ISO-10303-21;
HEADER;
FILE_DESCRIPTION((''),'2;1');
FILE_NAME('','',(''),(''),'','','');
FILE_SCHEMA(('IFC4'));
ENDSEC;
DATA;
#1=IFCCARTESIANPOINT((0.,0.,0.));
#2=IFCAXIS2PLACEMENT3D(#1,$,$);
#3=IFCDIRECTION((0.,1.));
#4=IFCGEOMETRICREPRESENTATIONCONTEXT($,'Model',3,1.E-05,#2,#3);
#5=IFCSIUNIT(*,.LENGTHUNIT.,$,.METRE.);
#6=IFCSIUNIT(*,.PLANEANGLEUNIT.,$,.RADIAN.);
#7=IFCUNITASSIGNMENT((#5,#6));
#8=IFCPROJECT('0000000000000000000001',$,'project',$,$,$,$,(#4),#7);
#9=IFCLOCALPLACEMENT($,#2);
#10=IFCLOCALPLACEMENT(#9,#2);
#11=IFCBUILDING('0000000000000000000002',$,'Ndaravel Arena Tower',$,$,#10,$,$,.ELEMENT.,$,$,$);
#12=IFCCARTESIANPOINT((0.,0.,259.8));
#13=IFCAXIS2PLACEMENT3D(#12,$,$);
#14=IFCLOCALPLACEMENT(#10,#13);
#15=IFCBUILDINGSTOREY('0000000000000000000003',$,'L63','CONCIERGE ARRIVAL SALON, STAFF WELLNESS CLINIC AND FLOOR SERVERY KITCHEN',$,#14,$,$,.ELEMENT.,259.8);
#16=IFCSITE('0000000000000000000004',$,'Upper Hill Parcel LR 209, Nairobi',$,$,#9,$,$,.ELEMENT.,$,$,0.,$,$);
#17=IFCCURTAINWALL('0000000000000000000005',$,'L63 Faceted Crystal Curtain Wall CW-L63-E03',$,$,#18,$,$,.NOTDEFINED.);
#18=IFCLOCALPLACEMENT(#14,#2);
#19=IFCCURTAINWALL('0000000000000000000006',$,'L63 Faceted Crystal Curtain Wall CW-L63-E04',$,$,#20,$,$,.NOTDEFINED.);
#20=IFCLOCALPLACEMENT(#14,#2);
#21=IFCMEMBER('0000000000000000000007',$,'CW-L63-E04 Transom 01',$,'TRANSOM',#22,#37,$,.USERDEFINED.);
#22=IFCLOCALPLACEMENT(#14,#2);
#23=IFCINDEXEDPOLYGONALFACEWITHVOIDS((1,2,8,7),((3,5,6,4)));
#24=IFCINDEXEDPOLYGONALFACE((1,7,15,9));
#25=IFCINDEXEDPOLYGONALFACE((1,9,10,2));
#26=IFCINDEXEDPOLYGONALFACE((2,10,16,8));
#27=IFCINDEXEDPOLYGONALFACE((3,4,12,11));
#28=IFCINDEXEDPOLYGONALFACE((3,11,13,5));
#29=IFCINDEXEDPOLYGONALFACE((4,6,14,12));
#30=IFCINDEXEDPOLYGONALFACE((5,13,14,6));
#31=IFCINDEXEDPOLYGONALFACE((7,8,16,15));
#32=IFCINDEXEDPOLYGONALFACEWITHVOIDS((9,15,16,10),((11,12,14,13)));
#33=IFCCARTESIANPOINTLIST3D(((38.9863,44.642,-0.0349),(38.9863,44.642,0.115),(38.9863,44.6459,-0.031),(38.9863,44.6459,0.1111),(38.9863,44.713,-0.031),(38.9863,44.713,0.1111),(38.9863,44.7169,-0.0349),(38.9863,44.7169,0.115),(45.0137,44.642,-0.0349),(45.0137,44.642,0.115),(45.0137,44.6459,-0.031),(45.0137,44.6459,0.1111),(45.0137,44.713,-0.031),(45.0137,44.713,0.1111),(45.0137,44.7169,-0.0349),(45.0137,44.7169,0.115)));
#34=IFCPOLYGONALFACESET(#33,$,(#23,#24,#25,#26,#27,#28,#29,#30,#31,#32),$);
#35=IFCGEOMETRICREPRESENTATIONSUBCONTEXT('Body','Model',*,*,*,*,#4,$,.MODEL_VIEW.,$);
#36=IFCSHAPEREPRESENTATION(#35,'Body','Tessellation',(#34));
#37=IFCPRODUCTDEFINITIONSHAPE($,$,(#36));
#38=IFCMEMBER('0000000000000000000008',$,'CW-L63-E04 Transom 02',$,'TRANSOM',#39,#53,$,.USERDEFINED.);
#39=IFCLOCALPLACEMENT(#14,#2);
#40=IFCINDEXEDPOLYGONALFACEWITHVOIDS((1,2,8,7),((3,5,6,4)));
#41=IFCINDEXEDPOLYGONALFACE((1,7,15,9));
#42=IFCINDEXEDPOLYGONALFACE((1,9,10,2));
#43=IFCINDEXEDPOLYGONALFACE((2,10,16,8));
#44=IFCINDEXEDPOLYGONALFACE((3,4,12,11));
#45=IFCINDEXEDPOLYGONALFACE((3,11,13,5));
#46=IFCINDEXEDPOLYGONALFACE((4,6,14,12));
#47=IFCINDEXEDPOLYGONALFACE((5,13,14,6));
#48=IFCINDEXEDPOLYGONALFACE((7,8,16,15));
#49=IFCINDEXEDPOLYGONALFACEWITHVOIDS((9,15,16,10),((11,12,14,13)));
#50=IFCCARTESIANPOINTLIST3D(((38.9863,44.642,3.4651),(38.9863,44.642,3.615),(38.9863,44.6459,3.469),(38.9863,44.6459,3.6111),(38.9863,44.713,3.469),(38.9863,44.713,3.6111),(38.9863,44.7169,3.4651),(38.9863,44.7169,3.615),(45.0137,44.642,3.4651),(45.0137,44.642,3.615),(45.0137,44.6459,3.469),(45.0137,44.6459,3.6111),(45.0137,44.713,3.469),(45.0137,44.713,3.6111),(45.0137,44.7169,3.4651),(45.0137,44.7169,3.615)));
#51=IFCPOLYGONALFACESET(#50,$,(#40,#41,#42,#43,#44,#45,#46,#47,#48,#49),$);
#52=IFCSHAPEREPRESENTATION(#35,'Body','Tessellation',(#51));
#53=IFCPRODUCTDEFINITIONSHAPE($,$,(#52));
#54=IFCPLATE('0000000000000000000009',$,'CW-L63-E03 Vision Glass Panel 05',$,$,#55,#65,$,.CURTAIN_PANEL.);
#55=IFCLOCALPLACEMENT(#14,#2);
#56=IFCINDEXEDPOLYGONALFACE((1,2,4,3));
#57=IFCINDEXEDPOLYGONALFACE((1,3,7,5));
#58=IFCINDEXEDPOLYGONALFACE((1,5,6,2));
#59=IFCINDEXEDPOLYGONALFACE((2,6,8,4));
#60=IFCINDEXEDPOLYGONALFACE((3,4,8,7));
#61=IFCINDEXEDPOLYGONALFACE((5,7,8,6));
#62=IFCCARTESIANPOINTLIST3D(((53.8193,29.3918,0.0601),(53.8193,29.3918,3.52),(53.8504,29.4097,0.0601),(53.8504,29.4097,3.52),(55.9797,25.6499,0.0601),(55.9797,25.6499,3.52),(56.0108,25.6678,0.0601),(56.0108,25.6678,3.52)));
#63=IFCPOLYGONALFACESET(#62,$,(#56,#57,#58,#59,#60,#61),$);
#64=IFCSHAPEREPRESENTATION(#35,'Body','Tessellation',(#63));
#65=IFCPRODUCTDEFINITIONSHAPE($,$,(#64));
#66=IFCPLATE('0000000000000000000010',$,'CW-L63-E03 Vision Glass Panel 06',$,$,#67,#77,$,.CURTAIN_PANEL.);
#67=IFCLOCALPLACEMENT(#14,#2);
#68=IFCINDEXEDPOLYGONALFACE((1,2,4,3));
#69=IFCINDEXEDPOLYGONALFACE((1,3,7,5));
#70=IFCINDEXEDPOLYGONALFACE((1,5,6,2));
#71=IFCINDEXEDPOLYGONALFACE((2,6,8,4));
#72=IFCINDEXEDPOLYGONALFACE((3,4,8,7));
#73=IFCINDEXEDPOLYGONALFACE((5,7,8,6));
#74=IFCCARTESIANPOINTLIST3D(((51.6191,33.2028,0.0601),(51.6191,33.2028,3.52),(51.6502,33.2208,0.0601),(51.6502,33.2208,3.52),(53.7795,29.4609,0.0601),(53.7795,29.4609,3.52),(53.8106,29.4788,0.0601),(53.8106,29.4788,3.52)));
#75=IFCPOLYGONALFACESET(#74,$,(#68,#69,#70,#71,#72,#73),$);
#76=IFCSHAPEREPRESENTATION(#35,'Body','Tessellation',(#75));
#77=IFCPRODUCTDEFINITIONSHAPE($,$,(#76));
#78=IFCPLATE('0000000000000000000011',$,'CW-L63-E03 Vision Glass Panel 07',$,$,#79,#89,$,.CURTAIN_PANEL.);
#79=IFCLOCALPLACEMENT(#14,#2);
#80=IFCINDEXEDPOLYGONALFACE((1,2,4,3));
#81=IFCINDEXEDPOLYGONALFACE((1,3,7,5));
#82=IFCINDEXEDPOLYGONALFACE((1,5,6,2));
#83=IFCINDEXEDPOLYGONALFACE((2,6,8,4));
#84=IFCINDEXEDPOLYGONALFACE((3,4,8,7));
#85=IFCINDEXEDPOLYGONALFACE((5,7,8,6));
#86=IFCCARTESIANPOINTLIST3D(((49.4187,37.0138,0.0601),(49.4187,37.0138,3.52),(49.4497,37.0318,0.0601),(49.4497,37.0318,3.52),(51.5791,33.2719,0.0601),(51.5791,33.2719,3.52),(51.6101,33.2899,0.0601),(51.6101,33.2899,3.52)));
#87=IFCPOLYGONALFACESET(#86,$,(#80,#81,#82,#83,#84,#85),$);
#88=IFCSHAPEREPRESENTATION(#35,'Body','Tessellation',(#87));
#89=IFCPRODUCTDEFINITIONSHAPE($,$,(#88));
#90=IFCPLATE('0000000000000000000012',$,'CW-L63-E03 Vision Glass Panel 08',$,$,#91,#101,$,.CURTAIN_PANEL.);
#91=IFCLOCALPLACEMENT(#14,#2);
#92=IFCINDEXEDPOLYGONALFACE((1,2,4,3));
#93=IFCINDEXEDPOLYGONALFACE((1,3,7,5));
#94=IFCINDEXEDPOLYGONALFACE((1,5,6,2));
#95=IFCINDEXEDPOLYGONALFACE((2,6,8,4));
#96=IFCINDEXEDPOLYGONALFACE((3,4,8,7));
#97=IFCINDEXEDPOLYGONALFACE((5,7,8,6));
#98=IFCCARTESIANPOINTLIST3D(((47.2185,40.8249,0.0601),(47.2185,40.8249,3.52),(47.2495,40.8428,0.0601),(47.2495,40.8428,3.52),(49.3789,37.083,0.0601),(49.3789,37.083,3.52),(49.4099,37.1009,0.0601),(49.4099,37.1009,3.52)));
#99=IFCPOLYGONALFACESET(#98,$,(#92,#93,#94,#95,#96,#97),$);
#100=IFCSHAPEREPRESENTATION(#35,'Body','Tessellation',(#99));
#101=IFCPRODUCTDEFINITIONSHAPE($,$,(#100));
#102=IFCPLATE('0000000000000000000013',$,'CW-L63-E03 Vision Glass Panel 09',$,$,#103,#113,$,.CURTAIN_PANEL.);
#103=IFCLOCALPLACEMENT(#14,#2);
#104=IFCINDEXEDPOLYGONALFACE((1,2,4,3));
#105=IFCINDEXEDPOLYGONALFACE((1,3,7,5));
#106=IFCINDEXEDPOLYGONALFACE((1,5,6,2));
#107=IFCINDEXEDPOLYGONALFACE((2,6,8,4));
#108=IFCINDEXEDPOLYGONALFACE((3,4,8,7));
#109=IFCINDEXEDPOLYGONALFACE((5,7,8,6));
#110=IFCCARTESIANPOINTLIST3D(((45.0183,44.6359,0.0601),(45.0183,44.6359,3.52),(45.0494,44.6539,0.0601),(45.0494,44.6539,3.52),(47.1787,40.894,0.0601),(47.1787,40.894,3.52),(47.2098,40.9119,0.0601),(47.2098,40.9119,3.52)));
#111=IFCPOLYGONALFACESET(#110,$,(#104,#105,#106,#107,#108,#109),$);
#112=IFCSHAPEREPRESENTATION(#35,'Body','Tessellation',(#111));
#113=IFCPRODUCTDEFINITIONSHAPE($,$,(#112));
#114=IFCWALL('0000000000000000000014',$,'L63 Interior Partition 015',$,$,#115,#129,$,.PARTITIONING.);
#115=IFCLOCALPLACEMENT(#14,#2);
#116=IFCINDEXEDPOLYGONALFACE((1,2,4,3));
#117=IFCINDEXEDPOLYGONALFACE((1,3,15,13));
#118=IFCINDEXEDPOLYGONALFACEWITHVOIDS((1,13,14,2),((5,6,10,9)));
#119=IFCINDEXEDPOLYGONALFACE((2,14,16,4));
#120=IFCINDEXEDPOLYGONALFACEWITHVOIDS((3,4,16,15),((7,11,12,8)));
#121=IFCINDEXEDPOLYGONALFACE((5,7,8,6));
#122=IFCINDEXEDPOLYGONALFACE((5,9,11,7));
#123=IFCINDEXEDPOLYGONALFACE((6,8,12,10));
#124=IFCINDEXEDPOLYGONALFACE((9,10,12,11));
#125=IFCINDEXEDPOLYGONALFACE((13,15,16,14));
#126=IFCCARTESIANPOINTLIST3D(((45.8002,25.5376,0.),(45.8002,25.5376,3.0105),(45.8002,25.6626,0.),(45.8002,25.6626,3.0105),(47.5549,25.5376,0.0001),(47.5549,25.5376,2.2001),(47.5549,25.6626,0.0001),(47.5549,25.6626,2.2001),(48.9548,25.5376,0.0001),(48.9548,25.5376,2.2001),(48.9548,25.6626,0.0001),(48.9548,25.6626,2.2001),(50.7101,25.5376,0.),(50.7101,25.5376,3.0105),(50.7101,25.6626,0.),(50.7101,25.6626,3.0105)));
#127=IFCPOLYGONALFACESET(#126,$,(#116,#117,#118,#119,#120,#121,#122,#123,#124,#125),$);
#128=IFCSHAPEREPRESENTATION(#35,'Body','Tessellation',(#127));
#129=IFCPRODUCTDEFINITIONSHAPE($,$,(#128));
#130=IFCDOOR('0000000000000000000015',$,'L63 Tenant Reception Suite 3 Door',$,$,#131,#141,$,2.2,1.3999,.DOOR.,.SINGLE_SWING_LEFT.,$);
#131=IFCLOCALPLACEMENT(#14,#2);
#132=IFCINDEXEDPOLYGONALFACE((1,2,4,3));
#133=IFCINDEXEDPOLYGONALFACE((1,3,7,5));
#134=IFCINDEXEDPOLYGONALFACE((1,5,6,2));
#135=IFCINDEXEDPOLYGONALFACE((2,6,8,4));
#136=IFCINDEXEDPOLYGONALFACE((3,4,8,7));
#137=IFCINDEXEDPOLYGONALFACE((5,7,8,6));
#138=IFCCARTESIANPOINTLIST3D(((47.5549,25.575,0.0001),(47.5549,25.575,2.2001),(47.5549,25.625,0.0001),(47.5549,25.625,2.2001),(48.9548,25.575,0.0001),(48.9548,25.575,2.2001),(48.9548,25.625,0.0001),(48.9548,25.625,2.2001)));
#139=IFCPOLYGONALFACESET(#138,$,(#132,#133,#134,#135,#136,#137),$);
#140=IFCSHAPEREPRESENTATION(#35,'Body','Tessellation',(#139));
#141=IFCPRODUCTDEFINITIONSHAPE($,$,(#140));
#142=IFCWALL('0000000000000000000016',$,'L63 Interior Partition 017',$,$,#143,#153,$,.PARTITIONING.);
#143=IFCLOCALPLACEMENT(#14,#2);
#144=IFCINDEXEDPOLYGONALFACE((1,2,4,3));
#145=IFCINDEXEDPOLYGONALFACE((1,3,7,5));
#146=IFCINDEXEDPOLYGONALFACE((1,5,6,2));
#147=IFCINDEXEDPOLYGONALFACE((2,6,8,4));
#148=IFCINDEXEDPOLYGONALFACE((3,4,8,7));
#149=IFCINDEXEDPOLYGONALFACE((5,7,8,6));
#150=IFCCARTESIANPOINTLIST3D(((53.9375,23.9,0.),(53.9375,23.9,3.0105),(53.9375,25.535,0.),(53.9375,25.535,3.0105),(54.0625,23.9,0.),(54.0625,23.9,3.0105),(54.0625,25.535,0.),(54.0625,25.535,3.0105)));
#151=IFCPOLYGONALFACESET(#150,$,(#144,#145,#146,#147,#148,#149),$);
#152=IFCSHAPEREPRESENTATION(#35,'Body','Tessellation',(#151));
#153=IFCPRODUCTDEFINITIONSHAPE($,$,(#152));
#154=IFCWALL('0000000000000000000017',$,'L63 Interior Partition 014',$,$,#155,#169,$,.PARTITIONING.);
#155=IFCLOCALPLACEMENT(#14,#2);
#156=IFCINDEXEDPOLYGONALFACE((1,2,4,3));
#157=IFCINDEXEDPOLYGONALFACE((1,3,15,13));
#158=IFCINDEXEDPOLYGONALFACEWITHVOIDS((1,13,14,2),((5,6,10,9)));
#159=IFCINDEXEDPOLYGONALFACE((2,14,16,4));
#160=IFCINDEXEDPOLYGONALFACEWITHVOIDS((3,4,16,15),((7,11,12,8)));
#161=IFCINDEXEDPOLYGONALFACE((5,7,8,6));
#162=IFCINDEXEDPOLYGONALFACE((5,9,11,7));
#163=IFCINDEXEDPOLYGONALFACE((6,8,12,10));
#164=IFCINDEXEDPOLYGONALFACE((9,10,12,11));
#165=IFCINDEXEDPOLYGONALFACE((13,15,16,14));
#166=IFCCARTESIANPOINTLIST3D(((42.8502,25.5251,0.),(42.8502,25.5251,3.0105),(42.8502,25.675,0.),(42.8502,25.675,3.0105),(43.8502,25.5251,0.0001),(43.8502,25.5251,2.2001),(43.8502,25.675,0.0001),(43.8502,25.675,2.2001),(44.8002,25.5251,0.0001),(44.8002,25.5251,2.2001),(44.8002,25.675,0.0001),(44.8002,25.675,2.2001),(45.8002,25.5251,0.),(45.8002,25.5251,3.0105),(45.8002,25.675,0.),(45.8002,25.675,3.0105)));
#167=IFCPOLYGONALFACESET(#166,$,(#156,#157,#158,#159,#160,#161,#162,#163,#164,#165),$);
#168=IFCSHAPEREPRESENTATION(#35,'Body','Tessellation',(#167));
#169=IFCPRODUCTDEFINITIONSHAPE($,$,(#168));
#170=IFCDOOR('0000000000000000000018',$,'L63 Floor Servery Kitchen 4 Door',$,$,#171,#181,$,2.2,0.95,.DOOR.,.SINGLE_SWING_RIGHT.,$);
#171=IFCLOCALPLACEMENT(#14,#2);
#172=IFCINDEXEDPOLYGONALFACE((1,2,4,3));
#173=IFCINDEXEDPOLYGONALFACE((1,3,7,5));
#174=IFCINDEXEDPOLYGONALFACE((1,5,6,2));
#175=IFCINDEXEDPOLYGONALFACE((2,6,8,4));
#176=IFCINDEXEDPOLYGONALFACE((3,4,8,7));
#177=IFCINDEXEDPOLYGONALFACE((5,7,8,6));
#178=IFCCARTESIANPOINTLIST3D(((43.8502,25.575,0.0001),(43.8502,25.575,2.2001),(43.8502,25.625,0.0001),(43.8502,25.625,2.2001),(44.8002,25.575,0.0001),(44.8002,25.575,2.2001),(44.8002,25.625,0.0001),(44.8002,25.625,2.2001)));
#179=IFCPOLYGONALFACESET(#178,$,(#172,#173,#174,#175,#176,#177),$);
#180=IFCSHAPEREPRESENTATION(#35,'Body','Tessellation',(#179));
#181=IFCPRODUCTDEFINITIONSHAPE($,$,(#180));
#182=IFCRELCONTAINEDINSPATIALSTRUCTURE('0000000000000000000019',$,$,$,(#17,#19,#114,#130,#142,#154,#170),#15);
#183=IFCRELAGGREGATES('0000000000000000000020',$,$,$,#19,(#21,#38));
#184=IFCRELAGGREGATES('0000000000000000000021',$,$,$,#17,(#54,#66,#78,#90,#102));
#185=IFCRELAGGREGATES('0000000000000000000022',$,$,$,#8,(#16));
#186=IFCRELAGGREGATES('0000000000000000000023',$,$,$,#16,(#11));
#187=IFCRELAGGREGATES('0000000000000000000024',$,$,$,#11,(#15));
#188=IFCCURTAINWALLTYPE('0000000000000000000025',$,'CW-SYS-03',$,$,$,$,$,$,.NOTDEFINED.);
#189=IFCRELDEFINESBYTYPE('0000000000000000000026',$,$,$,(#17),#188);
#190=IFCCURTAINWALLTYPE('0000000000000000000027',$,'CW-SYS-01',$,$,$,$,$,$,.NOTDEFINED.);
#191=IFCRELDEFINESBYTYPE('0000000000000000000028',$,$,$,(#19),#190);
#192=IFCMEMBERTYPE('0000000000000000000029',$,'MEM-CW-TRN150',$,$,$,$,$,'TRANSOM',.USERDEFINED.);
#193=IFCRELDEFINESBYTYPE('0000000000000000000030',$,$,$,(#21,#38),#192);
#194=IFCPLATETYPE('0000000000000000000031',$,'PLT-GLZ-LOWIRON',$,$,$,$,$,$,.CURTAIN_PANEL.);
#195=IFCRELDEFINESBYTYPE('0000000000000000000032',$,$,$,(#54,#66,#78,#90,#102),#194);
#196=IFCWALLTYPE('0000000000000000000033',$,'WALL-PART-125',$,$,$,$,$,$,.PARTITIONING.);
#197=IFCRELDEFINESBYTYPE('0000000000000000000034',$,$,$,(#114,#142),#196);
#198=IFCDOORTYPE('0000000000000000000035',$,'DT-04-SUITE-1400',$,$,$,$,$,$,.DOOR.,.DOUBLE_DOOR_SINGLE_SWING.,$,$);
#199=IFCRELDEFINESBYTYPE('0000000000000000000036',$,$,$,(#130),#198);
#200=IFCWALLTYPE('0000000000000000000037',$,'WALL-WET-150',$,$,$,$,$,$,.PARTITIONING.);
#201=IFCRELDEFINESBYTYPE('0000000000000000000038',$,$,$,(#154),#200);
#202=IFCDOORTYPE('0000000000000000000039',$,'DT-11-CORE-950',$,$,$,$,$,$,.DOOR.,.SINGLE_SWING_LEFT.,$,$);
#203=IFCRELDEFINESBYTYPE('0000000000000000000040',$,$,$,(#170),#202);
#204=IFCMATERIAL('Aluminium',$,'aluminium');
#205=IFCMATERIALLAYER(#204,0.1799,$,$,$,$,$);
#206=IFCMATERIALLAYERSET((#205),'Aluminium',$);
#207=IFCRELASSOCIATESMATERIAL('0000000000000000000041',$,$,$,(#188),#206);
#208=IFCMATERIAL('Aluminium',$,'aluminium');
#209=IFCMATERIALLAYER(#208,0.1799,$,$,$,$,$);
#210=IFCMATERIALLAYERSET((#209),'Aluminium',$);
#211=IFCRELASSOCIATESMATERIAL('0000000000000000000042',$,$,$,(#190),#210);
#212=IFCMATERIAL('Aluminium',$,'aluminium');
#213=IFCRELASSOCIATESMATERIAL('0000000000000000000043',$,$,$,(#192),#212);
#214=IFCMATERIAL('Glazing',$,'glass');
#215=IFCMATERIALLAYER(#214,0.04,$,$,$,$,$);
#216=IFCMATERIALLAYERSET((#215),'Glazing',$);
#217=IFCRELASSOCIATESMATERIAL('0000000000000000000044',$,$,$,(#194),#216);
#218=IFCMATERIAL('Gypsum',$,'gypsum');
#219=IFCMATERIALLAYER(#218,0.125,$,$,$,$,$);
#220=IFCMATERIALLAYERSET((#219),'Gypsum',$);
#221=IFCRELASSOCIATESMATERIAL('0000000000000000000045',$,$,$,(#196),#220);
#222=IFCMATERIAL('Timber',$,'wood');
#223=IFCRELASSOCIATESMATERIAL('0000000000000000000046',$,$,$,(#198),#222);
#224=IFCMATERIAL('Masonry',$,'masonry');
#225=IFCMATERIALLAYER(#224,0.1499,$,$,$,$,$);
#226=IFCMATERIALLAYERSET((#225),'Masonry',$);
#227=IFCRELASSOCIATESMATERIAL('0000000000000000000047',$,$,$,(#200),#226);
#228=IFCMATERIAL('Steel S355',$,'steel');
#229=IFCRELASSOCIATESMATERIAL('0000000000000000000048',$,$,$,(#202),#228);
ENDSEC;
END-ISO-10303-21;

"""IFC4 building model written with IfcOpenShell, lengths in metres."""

from ifc_helpers import new_model, si_unit, direction, frame, frame_2d, origin, origin_2d, place, context, subcontext, project, spatial, rectangle, hollow_rectangle, extrude, material, layer, layer_set, material_profile, profile_set, type_object, element, fill, aggregate, save


model = new_model("IFC4")

# Units and contexts
model_context = context("Model", 3, precision=1e-05, world=origin(), true_north=direction((0.0, 1.0)))
body_context = subcontext(model_context, "Body", "Model", "MODEL_VIEW")
ifc_project = project(units=[si_unit("LENGTHUNIT", "METRE"), si_unit("PLANEANGLEUNIT", "RADIAN")], contexts=[model_context])

# Site, building, storey
site_placement = place(None, origin())
site = spatial("IfcSite", under=ifc_project, at=site_placement, Name="Upper Hill Parcel LR 209, Nairobi", CompositionType="ELEMENT", RefElevation=0.0)
building_placement = place(site_placement, origin())
building = spatial("IfcBuilding", under=site, at=building_placement, Name="Ndaravel Arena Tower", CompositionType="ELEMENT")
storey_placement = place(building_placement, frame((0.0, 0.0, 259.8)))
storey = spatial("IfcBuildingStorey", under=building, at=storey_placement, Name="L63", Description="CONCIERGE ARRIVAL SALON, STAFF WELLNESS CLINIC AND FLOOR SERVERY KITCHEN", CompositionType="ELEMENT", Elevation=259.8)

# Curtain walls, members
ifc_material_1 = material(Name="Aluminium", Category="aluminium")
ifc_layer_1 = layer(ifc_material_1, 0.1799)
ifc_layer_set_1 = layer_set([ifc_layer_1], Name="Aluminium")
curtain_wall_type_1 = type_object("IfcCurtainWallType", Name="CW-SYS-03", PredefinedType="NOTDEFINED", material=ifc_layer_set_1)
curtain_wall_1_placement = place(storey_placement, origin())
curtain_wall_1 = element("IfcCurtainWall", 1, at=curtain_wall_1_placement, inside=storey, type_object=curtain_wall_type_1, Name="L63 Faceted Crystal Curtain Wall CW-L63-E03", PredefinedType="NOTDEFINED")
ifc_material_2 = material(Name="Aluminium", Category="aluminium")
ifc_layer_2 = layer(ifc_material_2, 0.1799)
ifc_layer_set_2 = layer_set([ifc_layer_2], Name="Aluminium")
curtain_wall_type_2 = type_object("IfcCurtainWallType", Name="CW-SYS-01", PredefinedType="NOTDEFINED", material=ifc_layer_set_2)
curtain_wall_2_placement = place(storey_placement, origin())
curtain_wall_2 = element("IfcCurtainWall", 2, at=curtain_wall_2_placement, inside=storey, type_object=curtain_wall_type_2, Name="L63 Faceted Crystal Curtain Wall CW-L63-E04", PredefinedType="NOTDEFINED")
ifc_material_3 = material(Name="Aluminium", Category="aluminium")
ifc_material_profile_1 = material_profile(ifc_material_3, hollow_rectangle(XDim=0.075, YDim=0.1499, WallThickness=0.0039, at=origin_2d()), Name="CW TRANSOM 75x150x4")
ifc_profile_set_1 = profile_set([ifc_material_profile_1], Name="Aluminium")
member_type_1 = type_object("IfcMemberType", Name="MEM-CW-TRN150", ElementType="TRANSOM", PredefinedType="USERDEFINED", material=ifc_profile_set_1)
member_1_placement = place(storey_placement, frame((45.0137, 44.6794, 0.04), z_axis=(-1.0, 0.0, 0.0), x_axis=(0.0, -1.0, 0.0)))
member_1 = element("IfcMember", 3, at=member_1_placement, type_object=member_type_1, Name="CW-L63-E04 Transom 01", ObjectType="TRANSOM", PredefinedType="USERDEFINED", context=body_context, shape_type="SweptSolid", body=[
    extrude(hollow_rectangle(XDim=0.075, YDim=0.1499, WallThickness=0.0039, at=origin_2d()), origin(), (0.0, 0.0, 1.0), 6.0273),
])
member_2_placement = place(storey_placement, frame((45.0137, 44.6794, 3.54), z_axis=(-1.0, 0.0, 0.0), x_axis=(0.0, -1.0, 0.0)))
member_2 = element("IfcMember", 4, at=member_2_placement, type_object=member_type_1, Name="CW-L63-E04 Transom 02", ObjectType="TRANSOM", PredefinedType="USERDEFINED", context=body_context, shape_type="SweptSolid", body=[
    extrude(hollow_rectangle(XDim=0.075, YDim=0.1499, WallThickness=0.0039, at=origin_2d()), origin(), (0.0, 0.0, 1.0), 6.0273),
])
aggregate(curtain_wall_2, [member_1, member_2])

# Plates
ifc_material_4 = material(Name="Glazing", Category="glass")
ifc_layer_3 = layer(ifc_material_4, 0.04)
ifc_layer_set_3 = layer_set([ifc_layer_3], Name="Glazing")
plate_type = type_object("IfcPlateType", Name="PLT-GLZ-LOWIRON", PredefinedType="CURTAIN_PANEL", material=ifc_layer_set_3)
plate_1_placement = place(storey_placement, frame((54.915, 27.5298, 0.0601), z_axis=(0.0, 0.0, 1.0), x_axis=(-0.5, 0.866025, 0.0)))
plate_1 = element("IfcPlate", 5, at=plate_1_placement, type_object=plate_type, Name="CW-L63-E03 Vision Glass Panel 05", PredefinedType="CURTAIN_PANEL", context=body_context, shape_type="SweptSolid", body=[
    extrude(rectangle(XDim=4.3208, YDim=0.0359, at=origin_2d()), origin(), (0.0, 0.0, 1.0), 3.46),
])
plate_2_placement = place(storey_placement, frame((52.7148, 31.3408, 0.0601), z_axis=(0.0, 0.0, 1.0), x_axis=(-0.5, 0.866025, 0.0)))
plate_2 = element("IfcPlate", 6, at=plate_2_placement, type_object=plate_type, Name="CW-L63-E03 Vision Glass Panel 06", PredefinedType="CURTAIN_PANEL", context=body_context, shape_type="SweptSolid", body=[
    extrude(rectangle(XDim=4.3208, YDim=0.0359, at=origin_2d()), origin(), (0.0, 0.0, 1.0), 3.46),
])
plate_3_placement = place(storey_placement, frame((50.5144, 35.1519, 0.0601), z_axis=(0.0, 0.0, 1.0), x_axis=(-0.5, 0.866025, 0.0)))
plate_3 = element("IfcPlate", 7, at=plate_3_placement, type_object=plate_type, Name="CW-L63-E03 Vision Glass Panel 07", PredefinedType="CURTAIN_PANEL", context=body_context, shape_type="SweptSolid", body=[
    extrude(rectangle(XDim=4.3208, YDim=0.0359, at=origin_2d()), origin(), (0.0, 0.0, 1.0), 3.46),
])
plate_4_placement = place(storey_placement, frame((48.3142, 38.9629, 0.0601), z_axis=(0.0, 0.0, 1.0), x_axis=(-0.5, 0.866025, 0.0)))
plate_4 = element("IfcPlate", 8, at=plate_4_placement, type_object=plate_type, Name="CW-L63-E03 Vision Glass Panel 08", PredefinedType="CURTAIN_PANEL", context=body_context, shape_type="SweptSolid", body=[
    extrude(rectangle(XDim=4.3208, YDim=0.0359, at=origin_2d()), origin(), (0.0, 0.0, 1.0), 3.46),
])
plate_5_placement = place(storey_placement, frame((46.114, 42.7739, 0.0601), z_axis=(0.0, 0.0, 1.0), x_axis=(-0.5, 0.866025, 0.0)))
plate_5 = element("IfcPlate", 9, at=plate_5_placement, type_object=plate_type, Name="CW-L63-E03 Vision Glass Panel 09", PredefinedType="CURTAIN_PANEL", context=body_context, shape_type="SweptSolid", body=[
    extrude(rectangle(XDim=4.3208, YDim=0.0359, at=origin_2d()), origin(), (0.0, 0.0, 1.0), 3.46),
])
aggregate(curtain_wall_1, [plate_1, plate_2, plate_3, plate_4, plate_5])

# Wall, opening, door
ifc_material_5 = material(Name="Gypsum", Category="gypsum")
ifc_layer_4 = layer(ifc_material_5, 0.125)
ifc_layer_set_4 = layer_set([ifc_layer_4], Name="Gypsum")
wall_type_1 = type_object("IfcWallType", Name="WALL-PART-125", PredefinedType="PARTITIONING", material=ifc_layer_set_4)
wall_1_placement = place(storey_placement, frame((45.8, 25.6001, 0.0), z_axis=(0.0, 0.0, 1.0), x_axis=(1.0, 0.0, 0.0)))
wall_1 = element("IfcWall", 10, at=wall_1_placement, inside=storey, type_object=wall_type_1, Name="L63 Interior Partition 015", PredefinedType="PARTITIONING", context=body_context, shape_type="SweptSolid", body=[
    extrude(rectangle(XDim=4.9099, YDim=0.125, at=frame_2d((2.4551, 0.0))), origin(), (0.0, 0.0, 1.0), 3.0105),
])
opening_1_placement = place(wall_1_placement, frame((1.7549, 0.0, 0.0)))
opening_1 = element("IfcOpeningElement", 11, at=opening_1_placement, cuts=wall_1, PredefinedType="OPENING", context=body_context, shape_type="SweptSolid", body=[
    extrude(rectangle(XDim=1.3999, YDim=2.2, at=frame_2d((0.7, 1.1001))), frame((0.0, 0.0625, 0.0), z_axis=(0.0, -1.0, 0.0), x_axis=(1.0, 0.0, 0.0)), (0.0, 0.0, 1.0), 0.125),
])
ifc_material_6 = material(Name="Timber", Category="wood")
door_type_1 = type_object("IfcDoorType", Name="DT-04-SUITE-1400", OperationType="DOUBLE_DOOR_SINGLE_SWING", PredefinedType="DOOR", material=ifc_material_6)
door_1_placement = place(opening_1_placement, origin())
door_1 = element("IfcDoor", 12, at=door_1_placement, inside=storey, type_object=door_type_1, Name="L63 Tenant Reception Suite 3 Door", OperationType="SINGLE_SWING_LEFT", OverallHeight=2.2, OverallWidth=1.3999, PredefinedType="DOOR", context=body_context, shape_type="SweptSolid", body=[
    extrude(rectangle(XDim=1.3999, YDim=2.2, at=frame_2d((0.7, 1.1001))), frame((0.0, 0.0249, 0.0), z_axis=(0.0, -1.0, 0.0), x_axis=(1.0, 0.0, 0.0)), (0.0, 0.0, 1.0), 0.05),
])
fill(opening_1, door_1)

# Wall
wall_2_placement = place(storey_placement, frame((54.0, 25.5349, 0.0), z_axis=(0.0, 0.0, 1.0), x_axis=(0.0, -1.0, 0.0)))
element("IfcWall", 13, at=wall_2_placement, inside=storey, type_object=wall_type_1, Name="L63 Interior Partition 017", PredefinedType="PARTITIONING", context=body_context, shape_type="SweptSolid", body=[
    extrude(rectangle(XDim=1.635, YDim=0.125, at=frame_2d((0.8174, 0.0))), origin(), (0.0, 0.0, 1.0), 3.0105),
])

# Wall, opening, door
ifc_material_7 = material(Name="Masonry", Category="masonry")
ifc_layer_5 = layer(ifc_material_7, 0.1499)
ifc_layer_set_5 = layer_set([ifc_layer_5], Name="Masonry")
wall_type_2 = type_object("IfcWallType", Name="WALL-WET-150", PredefinedType="PARTITIONING", material=ifc_layer_set_5)
wall_3_placement = place(storey_placement, frame((42.8501, 25.6001, 0.0), z_axis=(0.0, 0.0, 1.0), x_axis=(1.0, 0.0, 0.0)))
wall_3 = element("IfcWall", 14, at=wall_3_placement, inside=storey, type_object=wall_type_2, Name="L63 Interior Partition 014", PredefinedType="PARTITIONING", context=body_context, shape_type="SweptSolid", body=[
    extrude(rectangle(XDim=2.95, YDim=0.1499, at=frame_2d((1.4751, 0.0))), origin(), (0.0, 0.0, 1.0), 3.0105),
])
opening_2_placement = place(wall_3_placement, frame((1.0, 0.0, 0.0)))
opening_2 = element("IfcOpeningElement", 15, at=opening_2_placement, cuts=wall_3, PredefinedType="OPENING", context=body_context, shape_type="SweptSolid", body=[
    extrude(rectangle(XDim=0.95, YDim=2.2, at=frame_2d((0.4751, 1.1001))), frame((0.0, 0.075, 0.0), z_axis=(0.0, -1.0, 0.0), x_axis=(1.0, 0.0, 0.0)), (0.0, 0.0, 1.0), 0.1499),
])
ifc_material_8 = material(Name="Steel S355", Category="steel")
door_type_2 = type_object("IfcDoorType", Name="DT-11-CORE-950", OperationType="SINGLE_SWING_LEFT", PredefinedType="DOOR", material=ifc_material_8)
door_2_placement = place(opening_2_placement, origin())
door_2 = element("IfcDoor", 16, at=door_2_placement, inside=storey, type_object=door_type_2, Name="L63 Floor Servery Kitchen 4 Door", OperationType="SINGLE_SWING_RIGHT", OverallHeight=2.2, OverallWidth=0.95, PredefinedType="DOOR", context=body_context, shape_type="SweptSolid", body=[
    extrude(rectangle(XDim=0.95, YDim=2.2, at=frame_2d((0.4751, 1.1001))), frame((0.0, 0.0249, 0.0), z_axis=(0.0, -1.0, 0.0), x_axis=(1.0, 0.0, 0.0)), (0.0, 0.0, 1.0), 0.05),
])
fill(opening_2, door_2)

save(model, "model.ifc")
